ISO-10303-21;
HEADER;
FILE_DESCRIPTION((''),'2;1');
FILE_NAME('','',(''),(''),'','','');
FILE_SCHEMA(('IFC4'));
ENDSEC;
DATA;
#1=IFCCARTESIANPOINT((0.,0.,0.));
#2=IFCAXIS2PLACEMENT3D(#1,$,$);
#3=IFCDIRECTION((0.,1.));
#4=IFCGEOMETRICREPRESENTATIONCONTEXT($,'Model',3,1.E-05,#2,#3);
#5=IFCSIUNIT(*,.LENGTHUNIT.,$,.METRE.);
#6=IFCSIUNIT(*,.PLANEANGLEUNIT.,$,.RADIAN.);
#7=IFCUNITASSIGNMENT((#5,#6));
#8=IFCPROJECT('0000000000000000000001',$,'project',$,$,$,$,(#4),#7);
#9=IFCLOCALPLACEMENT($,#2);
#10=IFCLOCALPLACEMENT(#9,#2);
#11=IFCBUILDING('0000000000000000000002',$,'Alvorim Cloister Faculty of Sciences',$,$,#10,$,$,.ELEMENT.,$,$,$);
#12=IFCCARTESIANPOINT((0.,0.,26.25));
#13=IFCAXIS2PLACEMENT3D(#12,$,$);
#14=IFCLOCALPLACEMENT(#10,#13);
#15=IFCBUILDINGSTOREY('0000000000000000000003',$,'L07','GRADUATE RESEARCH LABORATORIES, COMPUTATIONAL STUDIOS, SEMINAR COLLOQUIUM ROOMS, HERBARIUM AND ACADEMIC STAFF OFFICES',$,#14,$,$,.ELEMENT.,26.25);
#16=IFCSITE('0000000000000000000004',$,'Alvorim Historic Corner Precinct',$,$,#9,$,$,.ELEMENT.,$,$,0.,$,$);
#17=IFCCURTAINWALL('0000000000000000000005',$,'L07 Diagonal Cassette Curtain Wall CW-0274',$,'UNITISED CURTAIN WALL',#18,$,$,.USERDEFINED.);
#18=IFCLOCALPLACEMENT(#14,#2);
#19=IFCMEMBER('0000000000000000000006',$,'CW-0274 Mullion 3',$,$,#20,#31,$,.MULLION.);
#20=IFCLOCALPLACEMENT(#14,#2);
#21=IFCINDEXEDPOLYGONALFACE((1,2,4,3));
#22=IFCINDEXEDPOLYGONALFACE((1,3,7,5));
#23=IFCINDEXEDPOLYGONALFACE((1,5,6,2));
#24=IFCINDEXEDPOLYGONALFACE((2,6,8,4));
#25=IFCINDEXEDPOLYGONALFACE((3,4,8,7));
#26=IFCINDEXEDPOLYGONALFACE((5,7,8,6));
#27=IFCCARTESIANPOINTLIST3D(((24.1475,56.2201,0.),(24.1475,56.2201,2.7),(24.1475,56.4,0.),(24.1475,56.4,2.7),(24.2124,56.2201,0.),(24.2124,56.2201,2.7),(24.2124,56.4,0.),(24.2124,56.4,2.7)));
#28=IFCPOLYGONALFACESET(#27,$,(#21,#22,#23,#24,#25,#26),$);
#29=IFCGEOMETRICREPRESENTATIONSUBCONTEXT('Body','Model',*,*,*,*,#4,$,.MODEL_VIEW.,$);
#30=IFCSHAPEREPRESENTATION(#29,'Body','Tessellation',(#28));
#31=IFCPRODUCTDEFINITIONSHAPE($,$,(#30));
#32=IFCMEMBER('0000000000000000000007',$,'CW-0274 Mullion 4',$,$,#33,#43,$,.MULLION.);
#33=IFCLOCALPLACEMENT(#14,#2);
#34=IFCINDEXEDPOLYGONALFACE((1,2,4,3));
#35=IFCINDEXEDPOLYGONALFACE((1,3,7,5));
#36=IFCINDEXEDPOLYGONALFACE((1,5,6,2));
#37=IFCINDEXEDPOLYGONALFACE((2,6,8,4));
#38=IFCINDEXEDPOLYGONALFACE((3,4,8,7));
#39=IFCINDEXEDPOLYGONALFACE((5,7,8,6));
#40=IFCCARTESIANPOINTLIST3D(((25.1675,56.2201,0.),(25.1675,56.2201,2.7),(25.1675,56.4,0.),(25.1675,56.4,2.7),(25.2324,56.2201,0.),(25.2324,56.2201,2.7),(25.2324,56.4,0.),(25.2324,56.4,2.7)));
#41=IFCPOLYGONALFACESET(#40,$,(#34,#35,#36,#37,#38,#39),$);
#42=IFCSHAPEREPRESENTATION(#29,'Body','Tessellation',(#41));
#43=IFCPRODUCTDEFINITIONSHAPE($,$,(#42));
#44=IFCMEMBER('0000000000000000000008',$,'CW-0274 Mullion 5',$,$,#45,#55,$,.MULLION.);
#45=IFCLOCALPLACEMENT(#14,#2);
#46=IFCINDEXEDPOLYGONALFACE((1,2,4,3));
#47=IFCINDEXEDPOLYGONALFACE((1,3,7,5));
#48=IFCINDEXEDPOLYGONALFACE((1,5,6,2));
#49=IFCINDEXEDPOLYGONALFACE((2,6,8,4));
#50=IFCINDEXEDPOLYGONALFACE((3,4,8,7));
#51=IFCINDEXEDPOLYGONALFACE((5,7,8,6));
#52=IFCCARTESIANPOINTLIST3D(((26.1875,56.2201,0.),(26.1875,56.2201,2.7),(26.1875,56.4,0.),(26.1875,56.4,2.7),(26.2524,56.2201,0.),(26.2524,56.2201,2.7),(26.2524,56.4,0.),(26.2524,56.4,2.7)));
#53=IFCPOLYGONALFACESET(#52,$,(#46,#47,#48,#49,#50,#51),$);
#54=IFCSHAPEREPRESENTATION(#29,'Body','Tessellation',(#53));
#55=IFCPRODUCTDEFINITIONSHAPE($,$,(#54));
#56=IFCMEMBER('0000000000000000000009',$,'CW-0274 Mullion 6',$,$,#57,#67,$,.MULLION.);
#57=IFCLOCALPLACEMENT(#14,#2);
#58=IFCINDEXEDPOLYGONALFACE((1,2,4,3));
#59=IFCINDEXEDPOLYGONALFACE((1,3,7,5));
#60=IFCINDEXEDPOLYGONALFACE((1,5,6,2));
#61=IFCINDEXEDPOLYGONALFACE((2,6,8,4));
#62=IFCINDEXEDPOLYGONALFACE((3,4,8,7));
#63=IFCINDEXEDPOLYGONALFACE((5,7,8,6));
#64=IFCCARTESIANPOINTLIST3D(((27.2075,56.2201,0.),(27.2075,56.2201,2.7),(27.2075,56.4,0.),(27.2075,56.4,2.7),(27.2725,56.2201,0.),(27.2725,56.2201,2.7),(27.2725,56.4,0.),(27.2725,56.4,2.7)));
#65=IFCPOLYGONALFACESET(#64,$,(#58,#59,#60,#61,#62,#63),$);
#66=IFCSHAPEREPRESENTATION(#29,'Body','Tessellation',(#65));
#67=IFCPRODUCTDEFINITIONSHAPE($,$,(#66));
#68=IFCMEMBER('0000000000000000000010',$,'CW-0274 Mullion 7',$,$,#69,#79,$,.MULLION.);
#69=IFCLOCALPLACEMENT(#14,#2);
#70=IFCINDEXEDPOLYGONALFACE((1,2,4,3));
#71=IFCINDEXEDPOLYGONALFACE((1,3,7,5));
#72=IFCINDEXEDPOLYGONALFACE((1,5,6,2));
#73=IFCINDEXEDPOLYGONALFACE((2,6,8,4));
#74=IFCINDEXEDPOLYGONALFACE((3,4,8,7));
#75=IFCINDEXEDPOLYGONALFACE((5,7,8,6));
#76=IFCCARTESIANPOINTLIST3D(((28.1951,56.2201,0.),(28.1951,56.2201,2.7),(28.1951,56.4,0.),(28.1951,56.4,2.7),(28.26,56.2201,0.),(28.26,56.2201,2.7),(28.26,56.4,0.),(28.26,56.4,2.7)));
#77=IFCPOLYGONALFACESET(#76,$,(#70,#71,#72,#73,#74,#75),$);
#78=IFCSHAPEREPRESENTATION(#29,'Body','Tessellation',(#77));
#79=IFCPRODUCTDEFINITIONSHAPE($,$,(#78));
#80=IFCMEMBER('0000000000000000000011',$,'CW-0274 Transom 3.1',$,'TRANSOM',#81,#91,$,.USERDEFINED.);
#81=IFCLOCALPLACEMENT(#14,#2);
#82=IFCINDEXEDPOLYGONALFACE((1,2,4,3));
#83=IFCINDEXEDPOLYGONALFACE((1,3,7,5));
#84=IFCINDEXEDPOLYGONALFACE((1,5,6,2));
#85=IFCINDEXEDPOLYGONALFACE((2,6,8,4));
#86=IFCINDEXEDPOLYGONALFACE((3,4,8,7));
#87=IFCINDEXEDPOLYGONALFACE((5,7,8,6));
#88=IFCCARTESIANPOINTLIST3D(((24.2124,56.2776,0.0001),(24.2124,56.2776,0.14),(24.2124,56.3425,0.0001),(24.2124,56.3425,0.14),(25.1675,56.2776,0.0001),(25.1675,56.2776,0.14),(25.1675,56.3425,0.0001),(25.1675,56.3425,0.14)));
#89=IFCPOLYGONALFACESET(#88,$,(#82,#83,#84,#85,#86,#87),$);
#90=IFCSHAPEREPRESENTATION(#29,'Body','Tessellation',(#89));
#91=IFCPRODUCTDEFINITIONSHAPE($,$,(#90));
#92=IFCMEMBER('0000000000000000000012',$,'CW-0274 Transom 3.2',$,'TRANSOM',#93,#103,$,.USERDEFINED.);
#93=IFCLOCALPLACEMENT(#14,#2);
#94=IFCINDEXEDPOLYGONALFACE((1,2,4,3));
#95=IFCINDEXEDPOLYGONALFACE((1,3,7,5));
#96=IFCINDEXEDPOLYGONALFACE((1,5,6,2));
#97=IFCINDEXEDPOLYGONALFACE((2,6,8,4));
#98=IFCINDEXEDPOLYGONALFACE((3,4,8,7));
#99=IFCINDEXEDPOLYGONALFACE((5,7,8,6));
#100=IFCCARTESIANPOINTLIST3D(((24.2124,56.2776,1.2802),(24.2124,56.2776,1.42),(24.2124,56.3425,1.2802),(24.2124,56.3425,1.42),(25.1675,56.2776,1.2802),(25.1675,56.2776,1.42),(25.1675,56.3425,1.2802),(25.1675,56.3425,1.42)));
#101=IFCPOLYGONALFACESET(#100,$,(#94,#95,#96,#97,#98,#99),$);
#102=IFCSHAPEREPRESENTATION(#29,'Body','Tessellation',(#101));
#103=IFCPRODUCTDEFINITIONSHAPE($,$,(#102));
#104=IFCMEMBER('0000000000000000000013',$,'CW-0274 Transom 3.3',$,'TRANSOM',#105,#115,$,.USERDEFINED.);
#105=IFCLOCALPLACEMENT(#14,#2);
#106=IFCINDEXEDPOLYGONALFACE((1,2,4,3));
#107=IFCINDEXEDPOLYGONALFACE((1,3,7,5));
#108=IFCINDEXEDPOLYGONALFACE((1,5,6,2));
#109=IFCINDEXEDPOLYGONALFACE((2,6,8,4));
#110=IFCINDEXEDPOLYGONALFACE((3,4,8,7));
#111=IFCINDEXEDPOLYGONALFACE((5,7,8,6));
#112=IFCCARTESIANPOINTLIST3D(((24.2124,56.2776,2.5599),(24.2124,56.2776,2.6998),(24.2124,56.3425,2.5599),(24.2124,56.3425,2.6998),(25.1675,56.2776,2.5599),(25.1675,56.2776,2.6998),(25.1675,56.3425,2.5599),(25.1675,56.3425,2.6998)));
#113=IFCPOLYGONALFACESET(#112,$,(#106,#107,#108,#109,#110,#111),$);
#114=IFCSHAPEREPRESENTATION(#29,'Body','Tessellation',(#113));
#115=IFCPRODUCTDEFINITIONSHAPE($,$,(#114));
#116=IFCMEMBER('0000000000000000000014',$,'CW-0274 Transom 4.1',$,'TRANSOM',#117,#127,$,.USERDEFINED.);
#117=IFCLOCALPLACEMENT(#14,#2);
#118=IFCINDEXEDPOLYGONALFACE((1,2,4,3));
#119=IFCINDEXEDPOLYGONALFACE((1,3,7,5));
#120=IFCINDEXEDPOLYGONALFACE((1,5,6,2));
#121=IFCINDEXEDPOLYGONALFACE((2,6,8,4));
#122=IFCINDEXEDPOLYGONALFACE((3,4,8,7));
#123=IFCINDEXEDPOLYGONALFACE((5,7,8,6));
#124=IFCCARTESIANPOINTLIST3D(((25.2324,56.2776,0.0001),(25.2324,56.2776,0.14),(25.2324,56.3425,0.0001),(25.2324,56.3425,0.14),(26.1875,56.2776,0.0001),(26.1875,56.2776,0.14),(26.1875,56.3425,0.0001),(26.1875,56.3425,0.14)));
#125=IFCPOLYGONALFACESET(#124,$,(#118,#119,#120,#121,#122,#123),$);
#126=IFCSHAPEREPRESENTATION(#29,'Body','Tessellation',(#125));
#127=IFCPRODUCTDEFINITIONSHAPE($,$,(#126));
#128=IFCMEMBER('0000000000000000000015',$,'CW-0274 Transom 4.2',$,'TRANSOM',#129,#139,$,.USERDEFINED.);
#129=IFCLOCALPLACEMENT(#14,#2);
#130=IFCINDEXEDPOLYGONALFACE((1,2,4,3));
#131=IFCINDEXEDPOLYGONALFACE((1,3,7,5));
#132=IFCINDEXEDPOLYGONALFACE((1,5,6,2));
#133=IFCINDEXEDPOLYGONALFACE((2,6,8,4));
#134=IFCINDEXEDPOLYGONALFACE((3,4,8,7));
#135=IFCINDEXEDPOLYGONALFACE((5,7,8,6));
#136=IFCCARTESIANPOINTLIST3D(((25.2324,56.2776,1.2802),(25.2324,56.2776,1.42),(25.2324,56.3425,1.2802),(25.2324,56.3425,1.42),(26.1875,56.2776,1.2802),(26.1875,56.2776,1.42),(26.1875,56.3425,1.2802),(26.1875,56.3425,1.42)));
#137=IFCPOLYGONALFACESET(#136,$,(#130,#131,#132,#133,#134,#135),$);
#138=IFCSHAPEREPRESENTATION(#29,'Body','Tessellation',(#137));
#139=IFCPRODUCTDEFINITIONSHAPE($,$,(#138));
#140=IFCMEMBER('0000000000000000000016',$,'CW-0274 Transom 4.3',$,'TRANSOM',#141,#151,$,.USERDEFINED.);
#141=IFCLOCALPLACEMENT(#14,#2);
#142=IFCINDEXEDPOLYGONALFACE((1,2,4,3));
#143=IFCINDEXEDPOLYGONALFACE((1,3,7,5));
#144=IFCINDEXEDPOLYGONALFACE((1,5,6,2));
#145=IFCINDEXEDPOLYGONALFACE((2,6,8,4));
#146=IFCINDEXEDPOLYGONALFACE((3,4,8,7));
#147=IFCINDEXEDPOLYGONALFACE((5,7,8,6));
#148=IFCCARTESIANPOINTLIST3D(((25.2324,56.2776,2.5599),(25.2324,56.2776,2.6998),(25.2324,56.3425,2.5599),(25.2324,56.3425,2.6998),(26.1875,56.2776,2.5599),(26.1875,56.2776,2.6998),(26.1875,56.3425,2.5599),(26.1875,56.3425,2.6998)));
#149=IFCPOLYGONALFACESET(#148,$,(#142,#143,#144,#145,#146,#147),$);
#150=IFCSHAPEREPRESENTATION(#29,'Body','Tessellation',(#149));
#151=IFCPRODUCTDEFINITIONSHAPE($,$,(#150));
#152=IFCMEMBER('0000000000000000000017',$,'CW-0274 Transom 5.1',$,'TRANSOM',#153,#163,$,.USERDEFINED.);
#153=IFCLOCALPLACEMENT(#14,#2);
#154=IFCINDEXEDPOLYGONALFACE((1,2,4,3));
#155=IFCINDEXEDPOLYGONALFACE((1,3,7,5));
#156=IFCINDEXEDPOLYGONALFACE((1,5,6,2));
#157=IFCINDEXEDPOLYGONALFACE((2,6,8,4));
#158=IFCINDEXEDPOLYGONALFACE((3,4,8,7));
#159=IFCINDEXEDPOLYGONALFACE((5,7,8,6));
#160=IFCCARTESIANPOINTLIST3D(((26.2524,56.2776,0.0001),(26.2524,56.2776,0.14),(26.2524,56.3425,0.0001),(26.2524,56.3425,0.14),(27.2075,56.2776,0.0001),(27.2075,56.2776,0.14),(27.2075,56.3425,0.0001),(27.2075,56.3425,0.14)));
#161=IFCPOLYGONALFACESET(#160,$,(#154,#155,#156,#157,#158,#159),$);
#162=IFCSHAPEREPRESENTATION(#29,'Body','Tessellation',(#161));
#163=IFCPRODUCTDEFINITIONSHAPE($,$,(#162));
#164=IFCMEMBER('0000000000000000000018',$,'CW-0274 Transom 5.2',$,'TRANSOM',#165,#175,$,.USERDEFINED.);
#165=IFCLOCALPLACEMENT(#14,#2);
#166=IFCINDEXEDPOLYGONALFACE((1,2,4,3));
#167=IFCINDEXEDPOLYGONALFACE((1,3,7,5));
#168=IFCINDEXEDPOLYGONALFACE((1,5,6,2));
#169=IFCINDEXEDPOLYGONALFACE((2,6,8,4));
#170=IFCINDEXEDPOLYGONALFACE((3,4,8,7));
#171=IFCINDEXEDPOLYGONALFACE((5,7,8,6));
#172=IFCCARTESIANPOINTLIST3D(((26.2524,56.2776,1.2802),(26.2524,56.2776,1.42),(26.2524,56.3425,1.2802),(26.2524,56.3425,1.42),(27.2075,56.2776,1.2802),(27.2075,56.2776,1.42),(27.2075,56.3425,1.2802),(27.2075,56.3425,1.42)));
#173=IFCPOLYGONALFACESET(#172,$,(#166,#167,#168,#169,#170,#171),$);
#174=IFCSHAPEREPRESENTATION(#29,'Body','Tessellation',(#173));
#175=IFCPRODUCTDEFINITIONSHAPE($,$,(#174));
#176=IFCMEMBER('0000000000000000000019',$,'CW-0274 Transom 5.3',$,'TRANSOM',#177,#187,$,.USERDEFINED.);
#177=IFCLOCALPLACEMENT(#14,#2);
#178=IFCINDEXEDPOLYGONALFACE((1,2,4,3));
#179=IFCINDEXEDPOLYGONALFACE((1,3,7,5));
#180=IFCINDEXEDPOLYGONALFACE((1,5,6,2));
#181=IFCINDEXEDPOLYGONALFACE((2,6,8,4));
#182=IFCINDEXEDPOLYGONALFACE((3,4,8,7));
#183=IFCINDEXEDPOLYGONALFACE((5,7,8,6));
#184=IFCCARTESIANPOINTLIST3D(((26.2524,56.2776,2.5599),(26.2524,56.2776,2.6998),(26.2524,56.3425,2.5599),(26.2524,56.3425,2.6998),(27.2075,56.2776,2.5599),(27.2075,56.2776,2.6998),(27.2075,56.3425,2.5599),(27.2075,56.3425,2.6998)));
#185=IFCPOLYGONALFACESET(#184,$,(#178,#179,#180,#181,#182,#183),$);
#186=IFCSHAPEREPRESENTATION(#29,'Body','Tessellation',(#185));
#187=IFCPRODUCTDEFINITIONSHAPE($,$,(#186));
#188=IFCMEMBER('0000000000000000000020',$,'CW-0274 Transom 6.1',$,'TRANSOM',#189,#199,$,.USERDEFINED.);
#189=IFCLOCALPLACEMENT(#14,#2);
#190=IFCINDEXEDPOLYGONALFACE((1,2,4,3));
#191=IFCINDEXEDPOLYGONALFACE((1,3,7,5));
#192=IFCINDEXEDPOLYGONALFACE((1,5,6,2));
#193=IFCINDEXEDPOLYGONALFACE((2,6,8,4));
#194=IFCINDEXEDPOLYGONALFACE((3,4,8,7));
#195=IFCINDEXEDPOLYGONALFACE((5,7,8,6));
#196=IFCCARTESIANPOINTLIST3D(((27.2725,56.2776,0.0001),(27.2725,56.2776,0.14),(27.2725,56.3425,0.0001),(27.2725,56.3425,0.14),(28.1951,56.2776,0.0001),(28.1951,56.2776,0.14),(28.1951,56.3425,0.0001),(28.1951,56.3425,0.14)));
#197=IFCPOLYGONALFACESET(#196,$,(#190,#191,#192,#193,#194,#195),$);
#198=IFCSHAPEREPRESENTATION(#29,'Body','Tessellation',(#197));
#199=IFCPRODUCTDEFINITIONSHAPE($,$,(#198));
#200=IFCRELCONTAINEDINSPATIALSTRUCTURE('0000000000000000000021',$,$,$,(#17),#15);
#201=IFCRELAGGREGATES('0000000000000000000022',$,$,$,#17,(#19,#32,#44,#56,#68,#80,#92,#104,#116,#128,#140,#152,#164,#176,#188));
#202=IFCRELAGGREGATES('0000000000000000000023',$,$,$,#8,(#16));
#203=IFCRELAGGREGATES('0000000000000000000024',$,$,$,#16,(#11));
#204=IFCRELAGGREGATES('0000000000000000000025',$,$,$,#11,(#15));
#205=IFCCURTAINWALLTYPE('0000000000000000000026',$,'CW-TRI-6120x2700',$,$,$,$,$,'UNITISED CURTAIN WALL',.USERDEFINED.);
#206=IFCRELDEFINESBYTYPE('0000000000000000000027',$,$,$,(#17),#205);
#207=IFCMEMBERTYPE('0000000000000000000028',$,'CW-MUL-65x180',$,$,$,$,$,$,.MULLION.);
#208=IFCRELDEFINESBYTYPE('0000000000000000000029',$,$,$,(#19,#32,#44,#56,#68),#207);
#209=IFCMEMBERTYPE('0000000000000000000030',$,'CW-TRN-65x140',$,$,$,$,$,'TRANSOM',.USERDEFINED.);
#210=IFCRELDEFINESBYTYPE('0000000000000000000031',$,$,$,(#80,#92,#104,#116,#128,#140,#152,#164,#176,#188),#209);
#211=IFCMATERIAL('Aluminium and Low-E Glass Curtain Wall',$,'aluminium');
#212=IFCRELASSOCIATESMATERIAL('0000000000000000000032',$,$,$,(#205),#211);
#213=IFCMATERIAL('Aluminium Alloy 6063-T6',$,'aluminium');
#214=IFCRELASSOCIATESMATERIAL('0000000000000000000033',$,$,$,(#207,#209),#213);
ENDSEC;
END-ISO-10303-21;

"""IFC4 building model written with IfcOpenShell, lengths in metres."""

from ifc_helpers import new_model, si_unit, direction, frame, origin, origin_2d, place, context, subcontext, project, spatial, rectangle, extrude, material, material_profile, profile_set, type_object, element, aggregate, save


model = new_model("IFC4")

# Units and contexts
model_context = context("Model", 3, precision=1e-05, world=origin(), true_north=direction((0.0, 1.0)))
body_context = subcontext(model_context, "Body", "Model", "MODEL_VIEW")
ifc_project = project(units=[si_unit("LENGTHUNIT", "METRE"), si_unit("PLANEANGLEUNIT", "RADIAN")], contexts=[model_context])

# Site, building, storey
site_placement = place(None, origin())
site = spatial("IfcSite", under=ifc_project, at=site_placement, Name="Alvorim Historic Corner Precinct", CompositionType="ELEMENT", RefElevation=0.0)
building_placement = place(site_placement, origin())
building = spatial("IfcBuilding", under=site, at=building_placement, Name="Alvorim Cloister Faculty of Sciences", CompositionType="ELEMENT")
storey_placement = place(building_placement, frame((0.0, 0.0, 26.25)))
storey = spatial("IfcBuildingStorey", under=building, at=storey_placement, Name="L07", Description="GRADUATE RESEARCH LABORATORIES, COMPUTATIONAL STUDIOS, SEMINAR COLLOQUIUM ROOMS, HERBARIUM AND ACADEMIC STAFF OFFICES", CompositionType="ELEMENT", Elevation=26.25)

# Curtain wall, members
ifc_material_1 = material(Name="Aluminium and Low-E Glass Curtain Wall", Category="aluminium")
curtain_wall_type = type_object("IfcCurtainWallType", Name="CW-TRI-6120x2700", ElementType="UNITISED CURTAIN WALL", PredefinedType="USERDEFINED", material=ifc_material_1)
curtain_wall_placement = place(storey_placement, origin())
curtain_wall = element("IfcCurtainWall", 1, at=curtain_wall_placement, inside=storey, type_object=curtain_wall_type, Name="L07 Diagonal Cassette Curtain Wall CW-0274", ObjectType="UNITISED CURTAIN WALL", PredefinedType="USERDEFINED")
ifc_material_2 = material(Name="Aluminium Alloy 6063-T6", Category="aluminium")
ifc_material_profile_1 = material_profile(ifc_material_2, rectangle(XDim=0.0649, YDim=0.1799, at=origin_2d()), Name="ALU-MUL-65x180")
ifc_profile_set_1 = profile_set([ifc_material_profile_1], Name="Aluminium Alloy 6063-T6")
member_type_1 = type_object("IfcMemberType", Name="CW-MUL-65x180", PredefinedType="MULLION", material=ifc_profile_set_1)
member_1_placement = place(storey_placement, frame((24.1799, 56.3101, 0.0), z_axis=(0.0, 0.0, 1.0), x_axis=(1.0, 0.0, 0.0)))
member_1 = element("IfcMember", 2, at=member_1_placement, type_object=member_type_1, Name="CW-0274 Mullion 3", PredefinedType="MULLION", context=body_context, shape_type="SweptSolid", body=[
    extrude(rectangle(XDim=0.0649, YDim=0.1799, at=origin_2d()), origin(), (0.0, 0.0, 1.0), 2.7),
])
member_2_placement = place(storey_placement, frame((25.2, 56.3101, 0.0), z_axis=(0.0, 0.0, 1.0), x_axis=(1.0, 0.0, 0.0)))
member_2 = element("IfcMember", 3, at=member_2_placement, type_object=member_type_1, Name="CW-0274 Mullion 4", PredefinedType="MULLION", context=body_context, shape_type="SweptSolid", body=[
    extrude(rectangle(XDim=0.0649, YDim=0.1799, at=origin_2d()), origin(), (0.0, 0.0, 1.0), 2.7),
])
member_3_placement = place(storey_placement, frame((26.22, 56.3101, 0.0), z_axis=(0.0, 0.0, 1.0), x_axis=(1.0, 0.0, 0.0)))
member_3 = element("IfcMember", 4, at=member_3_placement, type_object=member_type_1, Name="CW-0274 Mullion 5", PredefinedType="MULLION", context=body_context, shape_type="SweptSolid", body=[
    extrude(rectangle(XDim=0.0649, YDim=0.1799, at=origin_2d()), origin(), (0.0, 0.0, 1.0), 2.7),
])
member_4_placement = place(storey_placement, frame((27.24, 56.3101, 0.0), z_axis=(0.0, 0.0, 1.0), x_axis=(1.0, 0.0, 0.0)))
member_4 = element("IfcMember", 5, at=member_4_placement, type_object=member_type_1, Name="CW-0274 Mullion 6", PredefinedType="MULLION", context=body_context, shape_type="SweptSolid", body=[
    extrude(rectangle(XDim=0.0649, YDim=0.1799, at=origin_2d()), origin(), (0.0, 0.0, 1.0), 2.7),
])
member_5_placement = place(storey_placement, frame((28.2275, 56.3101, 0.0), z_axis=(0.0, 0.0, 1.0), x_axis=(1.0, 0.0, 0.0)))
member_5 = element("IfcMember", 6, at=member_5_placement, type_object=member_type_1, Name="CW-0274 Mullion 7", PredefinedType="MULLION", context=body_context, shape_type="SweptSolid", body=[
    extrude(rectangle(XDim=0.0649, YDim=0.1799, at=origin_2d()), origin(), (0.0, 0.0, 1.0), 2.7),
])
ifc_material_profile_2 = material_profile(ifc_material_2, rectangle(XDim=0.0649, YDim=0.1399, at=origin_2d()), Name="ALU-TRN-65x140")
ifc_profile_set_2 = profile_set([ifc_material_profile_2], Name="Aluminium Alloy 6063-T6")
member_type_2 = type_object("IfcMemberType", Name="CW-TRN-65x140", ElementType="TRANSOM", PredefinedType="USERDEFINED", material=ifc_profile_set_2)
member_6_placement = place(storey_placement, frame((24.2124, 56.3101, 0.0701), z_axis=(1.0, 0.0, 0.0), x_axis=(0.0, 1.0, 0.0)))
member_6 = element("IfcMember", 7, at=member_6_placement, type_object=member_type_2, Name="CW-0274 Transom 3.1", ObjectType="TRANSOM", PredefinedType="USERDEFINED", context=body_context, shape_type="SweptSolid", body=[
    extrude(rectangle(XDim=0.0649, YDim=0.1399, at=origin_2d()), origin(), (0.0, 0.0, 1.0), 0.9551),
])
member_7_placement = place(storey_placement, frame((24.2124, 56.3101, 1.3501), z_axis=(1.0, 0.0, 0.0), x_axis=(0.0, 1.0, 0.0)))
member_7 = element("IfcMember", 8, at=member_7_placement, type_object=member_type_2, Name="CW-0274 Transom 3.2", ObjectType="TRANSOM", PredefinedType="USERDEFINED", context=body_context, shape_type="SweptSolid", body=[
    extrude(rectangle(XDim=0.0649, YDim=0.1399, at=origin_2d()), origin(), (0.0, 0.0, 1.0), 0.9551),
])
member_8_placement = place(storey_placement, frame((24.2124, 56.3101, 2.6299), z_axis=(1.0, 0.0, 0.0), x_axis=(0.0, 1.0, 0.0)))
member_8 = element("IfcMember", 9, at=member_8_placement, type_object=member_type_2, Name="CW-0274 Transom 3.3", ObjectType="TRANSOM", PredefinedType="USERDEFINED", context=body_context, shape_type="SweptSolid", body=[
    extrude(rectangle(XDim=0.0649, YDim=0.1399, at=origin_2d()), origin(), (0.0, 0.0, 1.0), 0.9551),
])
member_9_placement = place(storey_placement, frame((25.2324, 56.3101, 0.0701), z_axis=(1.0, 0.0, 0.0), x_axis=(0.0, 1.0, 0.0)))
member_9 = element("IfcMember", 10, at=member_9_placement, type_object=member_type_2, Name="CW-0274 Transom 4.1", ObjectType="TRANSOM", PredefinedType="USERDEFINED", context=body_context, shape_type="SweptSolid", body=[
    extrude(rectangle(XDim=0.0649, YDim=0.1399, at=origin_2d()), origin(), (0.0, 0.0, 1.0), 0.9551),
])
member_10_placement = place(storey_placement, frame((25.2324, 56.3101, 1.3501), z_axis=(1.0, 0.0, 0.0), x_axis=(0.0, 1.0, 0.0)))
member_10 = element("IfcMember", 11, at=member_10_placement, type_object=member_type_2, Name="CW-0274 Transom 4.2", ObjectType="TRANSOM", PredefinedType="USERDEFINED", context=body_context, shape_type="SweptSolid", body=[
    extrude(rectangle(XDim=0.0649, YDim=0.1399, at=origin_2d()), origin(), (0.0, 0.0, 1.0), 0.9551),
])
member_11_placement = place(storey_placement, frame((25.2324, 56.3101, 2.6299), z_axis=(1.0, 0.0, 0.0), x_axis=(0.0, 1.0, 0.0)))
member_11 = element("IfcMember", 12, at=member_11_placement, type_object=member_type_2, Name="CW-0274 Transom 4.3", ObjectType="TRANSOM", PredefinedType="USERDEFINED", context=body_context, shape_type="SweptSolid", body=[
    extrude(rectangle(XDim=0.0649, YDim=0.1399, at=origin_2d()), origin(), (0.0, 0.0, 1.0), 0.9551),
])
member_12_placement = place(storey_placement, frame((26.2524, 56.3101, 0.0701), z_axis=(1.0, 0.0, 0.0), x_axis=(0.0, 1.0, 0.0)))
member_12 = element("IfcMember", 13, at=member_12_placement, type_object=member_type_2, Name="CW-0274 Transom 5.1", ObjectType="TRANSOM", PredefinedType="USERDEFINED", context=body_context, shape_type="SweptSolid", body=[
    extrude(rectangle(XDim=0.0649, YDim=0.1399, at=origin_2d()), origin(), (0.0, 0.0, 1.0), 0.9551),
])
member_13_placement = place(storey_placement, frame((26.2524, 56.3101, 1.3501), z_axis=(1.0, 0.0, 0.0), x_axis=(0.0, 1.0, 0.0)))
member_13 = element("IfcMember", 14, at=member_13_placement, type_object=member_type_2, Name="CW-0274 Transom 5.2", ObjectType="TRANSOM", PredefinedType="USERDEFINED", context=body_context, shape_type="SweptSolid", body=[
    extrude(rectangle(XDim=0.0649, YDim=0.1399, at=origin_2d()), origin(), (0.0, 0.0, 1.0), 0.9551),
])
member_14_placement = place(storey_placement, frame((26.2524, 56.3101, 2.6299), z_axis=(1.0, 0.0, 0.0), x_axis=(0.0, 1.0, 0.0)))
member_14 = element("IfcMember", 15, at=member_14_placement, type_object=member_type_2, Name="CW-0274 Transom 5.3", ObjectType="TRANSOM", PredefinedType="USERDEFINED", context=body_context, shape_type="SweptSolid", body=[
    extrude(rectangle(XDim=0.0649, YDim=0.1399, at=origin_2d()), origin(), (0.0, 0.0, 1.0), 0.9551),
])
member_15_placement = place(storey_placement, frame((27.2725, 56.3101, 0.0701), z_axis=(1.0, 0.0, 0.0), x_axis=(0.0, 1.0, 0.0)))
member_15 = element("IfcMember", 16, at=member_15_placement, type_object=member_type_2, Name="CW-0274 Transom 6.1", ObjectType="TRANSOM", PredefinedType="USERDEFINED", context=body_context, shape_type="SweptSolid", body=[
    extrude(rectangle(XDim=0.0649, YDim=0.1399, at=origin_2d()), origin(), (0.0, 0.0, 1.0), 0.9226),
])
aggregate(curtain_wall, [member_1, member_2, member_3, member_4, member_5, member_6, member_7, member_8, member_9, member_10, member_11, member_12, member_13, member_14, member_15])

save(model, "model.ifc")
